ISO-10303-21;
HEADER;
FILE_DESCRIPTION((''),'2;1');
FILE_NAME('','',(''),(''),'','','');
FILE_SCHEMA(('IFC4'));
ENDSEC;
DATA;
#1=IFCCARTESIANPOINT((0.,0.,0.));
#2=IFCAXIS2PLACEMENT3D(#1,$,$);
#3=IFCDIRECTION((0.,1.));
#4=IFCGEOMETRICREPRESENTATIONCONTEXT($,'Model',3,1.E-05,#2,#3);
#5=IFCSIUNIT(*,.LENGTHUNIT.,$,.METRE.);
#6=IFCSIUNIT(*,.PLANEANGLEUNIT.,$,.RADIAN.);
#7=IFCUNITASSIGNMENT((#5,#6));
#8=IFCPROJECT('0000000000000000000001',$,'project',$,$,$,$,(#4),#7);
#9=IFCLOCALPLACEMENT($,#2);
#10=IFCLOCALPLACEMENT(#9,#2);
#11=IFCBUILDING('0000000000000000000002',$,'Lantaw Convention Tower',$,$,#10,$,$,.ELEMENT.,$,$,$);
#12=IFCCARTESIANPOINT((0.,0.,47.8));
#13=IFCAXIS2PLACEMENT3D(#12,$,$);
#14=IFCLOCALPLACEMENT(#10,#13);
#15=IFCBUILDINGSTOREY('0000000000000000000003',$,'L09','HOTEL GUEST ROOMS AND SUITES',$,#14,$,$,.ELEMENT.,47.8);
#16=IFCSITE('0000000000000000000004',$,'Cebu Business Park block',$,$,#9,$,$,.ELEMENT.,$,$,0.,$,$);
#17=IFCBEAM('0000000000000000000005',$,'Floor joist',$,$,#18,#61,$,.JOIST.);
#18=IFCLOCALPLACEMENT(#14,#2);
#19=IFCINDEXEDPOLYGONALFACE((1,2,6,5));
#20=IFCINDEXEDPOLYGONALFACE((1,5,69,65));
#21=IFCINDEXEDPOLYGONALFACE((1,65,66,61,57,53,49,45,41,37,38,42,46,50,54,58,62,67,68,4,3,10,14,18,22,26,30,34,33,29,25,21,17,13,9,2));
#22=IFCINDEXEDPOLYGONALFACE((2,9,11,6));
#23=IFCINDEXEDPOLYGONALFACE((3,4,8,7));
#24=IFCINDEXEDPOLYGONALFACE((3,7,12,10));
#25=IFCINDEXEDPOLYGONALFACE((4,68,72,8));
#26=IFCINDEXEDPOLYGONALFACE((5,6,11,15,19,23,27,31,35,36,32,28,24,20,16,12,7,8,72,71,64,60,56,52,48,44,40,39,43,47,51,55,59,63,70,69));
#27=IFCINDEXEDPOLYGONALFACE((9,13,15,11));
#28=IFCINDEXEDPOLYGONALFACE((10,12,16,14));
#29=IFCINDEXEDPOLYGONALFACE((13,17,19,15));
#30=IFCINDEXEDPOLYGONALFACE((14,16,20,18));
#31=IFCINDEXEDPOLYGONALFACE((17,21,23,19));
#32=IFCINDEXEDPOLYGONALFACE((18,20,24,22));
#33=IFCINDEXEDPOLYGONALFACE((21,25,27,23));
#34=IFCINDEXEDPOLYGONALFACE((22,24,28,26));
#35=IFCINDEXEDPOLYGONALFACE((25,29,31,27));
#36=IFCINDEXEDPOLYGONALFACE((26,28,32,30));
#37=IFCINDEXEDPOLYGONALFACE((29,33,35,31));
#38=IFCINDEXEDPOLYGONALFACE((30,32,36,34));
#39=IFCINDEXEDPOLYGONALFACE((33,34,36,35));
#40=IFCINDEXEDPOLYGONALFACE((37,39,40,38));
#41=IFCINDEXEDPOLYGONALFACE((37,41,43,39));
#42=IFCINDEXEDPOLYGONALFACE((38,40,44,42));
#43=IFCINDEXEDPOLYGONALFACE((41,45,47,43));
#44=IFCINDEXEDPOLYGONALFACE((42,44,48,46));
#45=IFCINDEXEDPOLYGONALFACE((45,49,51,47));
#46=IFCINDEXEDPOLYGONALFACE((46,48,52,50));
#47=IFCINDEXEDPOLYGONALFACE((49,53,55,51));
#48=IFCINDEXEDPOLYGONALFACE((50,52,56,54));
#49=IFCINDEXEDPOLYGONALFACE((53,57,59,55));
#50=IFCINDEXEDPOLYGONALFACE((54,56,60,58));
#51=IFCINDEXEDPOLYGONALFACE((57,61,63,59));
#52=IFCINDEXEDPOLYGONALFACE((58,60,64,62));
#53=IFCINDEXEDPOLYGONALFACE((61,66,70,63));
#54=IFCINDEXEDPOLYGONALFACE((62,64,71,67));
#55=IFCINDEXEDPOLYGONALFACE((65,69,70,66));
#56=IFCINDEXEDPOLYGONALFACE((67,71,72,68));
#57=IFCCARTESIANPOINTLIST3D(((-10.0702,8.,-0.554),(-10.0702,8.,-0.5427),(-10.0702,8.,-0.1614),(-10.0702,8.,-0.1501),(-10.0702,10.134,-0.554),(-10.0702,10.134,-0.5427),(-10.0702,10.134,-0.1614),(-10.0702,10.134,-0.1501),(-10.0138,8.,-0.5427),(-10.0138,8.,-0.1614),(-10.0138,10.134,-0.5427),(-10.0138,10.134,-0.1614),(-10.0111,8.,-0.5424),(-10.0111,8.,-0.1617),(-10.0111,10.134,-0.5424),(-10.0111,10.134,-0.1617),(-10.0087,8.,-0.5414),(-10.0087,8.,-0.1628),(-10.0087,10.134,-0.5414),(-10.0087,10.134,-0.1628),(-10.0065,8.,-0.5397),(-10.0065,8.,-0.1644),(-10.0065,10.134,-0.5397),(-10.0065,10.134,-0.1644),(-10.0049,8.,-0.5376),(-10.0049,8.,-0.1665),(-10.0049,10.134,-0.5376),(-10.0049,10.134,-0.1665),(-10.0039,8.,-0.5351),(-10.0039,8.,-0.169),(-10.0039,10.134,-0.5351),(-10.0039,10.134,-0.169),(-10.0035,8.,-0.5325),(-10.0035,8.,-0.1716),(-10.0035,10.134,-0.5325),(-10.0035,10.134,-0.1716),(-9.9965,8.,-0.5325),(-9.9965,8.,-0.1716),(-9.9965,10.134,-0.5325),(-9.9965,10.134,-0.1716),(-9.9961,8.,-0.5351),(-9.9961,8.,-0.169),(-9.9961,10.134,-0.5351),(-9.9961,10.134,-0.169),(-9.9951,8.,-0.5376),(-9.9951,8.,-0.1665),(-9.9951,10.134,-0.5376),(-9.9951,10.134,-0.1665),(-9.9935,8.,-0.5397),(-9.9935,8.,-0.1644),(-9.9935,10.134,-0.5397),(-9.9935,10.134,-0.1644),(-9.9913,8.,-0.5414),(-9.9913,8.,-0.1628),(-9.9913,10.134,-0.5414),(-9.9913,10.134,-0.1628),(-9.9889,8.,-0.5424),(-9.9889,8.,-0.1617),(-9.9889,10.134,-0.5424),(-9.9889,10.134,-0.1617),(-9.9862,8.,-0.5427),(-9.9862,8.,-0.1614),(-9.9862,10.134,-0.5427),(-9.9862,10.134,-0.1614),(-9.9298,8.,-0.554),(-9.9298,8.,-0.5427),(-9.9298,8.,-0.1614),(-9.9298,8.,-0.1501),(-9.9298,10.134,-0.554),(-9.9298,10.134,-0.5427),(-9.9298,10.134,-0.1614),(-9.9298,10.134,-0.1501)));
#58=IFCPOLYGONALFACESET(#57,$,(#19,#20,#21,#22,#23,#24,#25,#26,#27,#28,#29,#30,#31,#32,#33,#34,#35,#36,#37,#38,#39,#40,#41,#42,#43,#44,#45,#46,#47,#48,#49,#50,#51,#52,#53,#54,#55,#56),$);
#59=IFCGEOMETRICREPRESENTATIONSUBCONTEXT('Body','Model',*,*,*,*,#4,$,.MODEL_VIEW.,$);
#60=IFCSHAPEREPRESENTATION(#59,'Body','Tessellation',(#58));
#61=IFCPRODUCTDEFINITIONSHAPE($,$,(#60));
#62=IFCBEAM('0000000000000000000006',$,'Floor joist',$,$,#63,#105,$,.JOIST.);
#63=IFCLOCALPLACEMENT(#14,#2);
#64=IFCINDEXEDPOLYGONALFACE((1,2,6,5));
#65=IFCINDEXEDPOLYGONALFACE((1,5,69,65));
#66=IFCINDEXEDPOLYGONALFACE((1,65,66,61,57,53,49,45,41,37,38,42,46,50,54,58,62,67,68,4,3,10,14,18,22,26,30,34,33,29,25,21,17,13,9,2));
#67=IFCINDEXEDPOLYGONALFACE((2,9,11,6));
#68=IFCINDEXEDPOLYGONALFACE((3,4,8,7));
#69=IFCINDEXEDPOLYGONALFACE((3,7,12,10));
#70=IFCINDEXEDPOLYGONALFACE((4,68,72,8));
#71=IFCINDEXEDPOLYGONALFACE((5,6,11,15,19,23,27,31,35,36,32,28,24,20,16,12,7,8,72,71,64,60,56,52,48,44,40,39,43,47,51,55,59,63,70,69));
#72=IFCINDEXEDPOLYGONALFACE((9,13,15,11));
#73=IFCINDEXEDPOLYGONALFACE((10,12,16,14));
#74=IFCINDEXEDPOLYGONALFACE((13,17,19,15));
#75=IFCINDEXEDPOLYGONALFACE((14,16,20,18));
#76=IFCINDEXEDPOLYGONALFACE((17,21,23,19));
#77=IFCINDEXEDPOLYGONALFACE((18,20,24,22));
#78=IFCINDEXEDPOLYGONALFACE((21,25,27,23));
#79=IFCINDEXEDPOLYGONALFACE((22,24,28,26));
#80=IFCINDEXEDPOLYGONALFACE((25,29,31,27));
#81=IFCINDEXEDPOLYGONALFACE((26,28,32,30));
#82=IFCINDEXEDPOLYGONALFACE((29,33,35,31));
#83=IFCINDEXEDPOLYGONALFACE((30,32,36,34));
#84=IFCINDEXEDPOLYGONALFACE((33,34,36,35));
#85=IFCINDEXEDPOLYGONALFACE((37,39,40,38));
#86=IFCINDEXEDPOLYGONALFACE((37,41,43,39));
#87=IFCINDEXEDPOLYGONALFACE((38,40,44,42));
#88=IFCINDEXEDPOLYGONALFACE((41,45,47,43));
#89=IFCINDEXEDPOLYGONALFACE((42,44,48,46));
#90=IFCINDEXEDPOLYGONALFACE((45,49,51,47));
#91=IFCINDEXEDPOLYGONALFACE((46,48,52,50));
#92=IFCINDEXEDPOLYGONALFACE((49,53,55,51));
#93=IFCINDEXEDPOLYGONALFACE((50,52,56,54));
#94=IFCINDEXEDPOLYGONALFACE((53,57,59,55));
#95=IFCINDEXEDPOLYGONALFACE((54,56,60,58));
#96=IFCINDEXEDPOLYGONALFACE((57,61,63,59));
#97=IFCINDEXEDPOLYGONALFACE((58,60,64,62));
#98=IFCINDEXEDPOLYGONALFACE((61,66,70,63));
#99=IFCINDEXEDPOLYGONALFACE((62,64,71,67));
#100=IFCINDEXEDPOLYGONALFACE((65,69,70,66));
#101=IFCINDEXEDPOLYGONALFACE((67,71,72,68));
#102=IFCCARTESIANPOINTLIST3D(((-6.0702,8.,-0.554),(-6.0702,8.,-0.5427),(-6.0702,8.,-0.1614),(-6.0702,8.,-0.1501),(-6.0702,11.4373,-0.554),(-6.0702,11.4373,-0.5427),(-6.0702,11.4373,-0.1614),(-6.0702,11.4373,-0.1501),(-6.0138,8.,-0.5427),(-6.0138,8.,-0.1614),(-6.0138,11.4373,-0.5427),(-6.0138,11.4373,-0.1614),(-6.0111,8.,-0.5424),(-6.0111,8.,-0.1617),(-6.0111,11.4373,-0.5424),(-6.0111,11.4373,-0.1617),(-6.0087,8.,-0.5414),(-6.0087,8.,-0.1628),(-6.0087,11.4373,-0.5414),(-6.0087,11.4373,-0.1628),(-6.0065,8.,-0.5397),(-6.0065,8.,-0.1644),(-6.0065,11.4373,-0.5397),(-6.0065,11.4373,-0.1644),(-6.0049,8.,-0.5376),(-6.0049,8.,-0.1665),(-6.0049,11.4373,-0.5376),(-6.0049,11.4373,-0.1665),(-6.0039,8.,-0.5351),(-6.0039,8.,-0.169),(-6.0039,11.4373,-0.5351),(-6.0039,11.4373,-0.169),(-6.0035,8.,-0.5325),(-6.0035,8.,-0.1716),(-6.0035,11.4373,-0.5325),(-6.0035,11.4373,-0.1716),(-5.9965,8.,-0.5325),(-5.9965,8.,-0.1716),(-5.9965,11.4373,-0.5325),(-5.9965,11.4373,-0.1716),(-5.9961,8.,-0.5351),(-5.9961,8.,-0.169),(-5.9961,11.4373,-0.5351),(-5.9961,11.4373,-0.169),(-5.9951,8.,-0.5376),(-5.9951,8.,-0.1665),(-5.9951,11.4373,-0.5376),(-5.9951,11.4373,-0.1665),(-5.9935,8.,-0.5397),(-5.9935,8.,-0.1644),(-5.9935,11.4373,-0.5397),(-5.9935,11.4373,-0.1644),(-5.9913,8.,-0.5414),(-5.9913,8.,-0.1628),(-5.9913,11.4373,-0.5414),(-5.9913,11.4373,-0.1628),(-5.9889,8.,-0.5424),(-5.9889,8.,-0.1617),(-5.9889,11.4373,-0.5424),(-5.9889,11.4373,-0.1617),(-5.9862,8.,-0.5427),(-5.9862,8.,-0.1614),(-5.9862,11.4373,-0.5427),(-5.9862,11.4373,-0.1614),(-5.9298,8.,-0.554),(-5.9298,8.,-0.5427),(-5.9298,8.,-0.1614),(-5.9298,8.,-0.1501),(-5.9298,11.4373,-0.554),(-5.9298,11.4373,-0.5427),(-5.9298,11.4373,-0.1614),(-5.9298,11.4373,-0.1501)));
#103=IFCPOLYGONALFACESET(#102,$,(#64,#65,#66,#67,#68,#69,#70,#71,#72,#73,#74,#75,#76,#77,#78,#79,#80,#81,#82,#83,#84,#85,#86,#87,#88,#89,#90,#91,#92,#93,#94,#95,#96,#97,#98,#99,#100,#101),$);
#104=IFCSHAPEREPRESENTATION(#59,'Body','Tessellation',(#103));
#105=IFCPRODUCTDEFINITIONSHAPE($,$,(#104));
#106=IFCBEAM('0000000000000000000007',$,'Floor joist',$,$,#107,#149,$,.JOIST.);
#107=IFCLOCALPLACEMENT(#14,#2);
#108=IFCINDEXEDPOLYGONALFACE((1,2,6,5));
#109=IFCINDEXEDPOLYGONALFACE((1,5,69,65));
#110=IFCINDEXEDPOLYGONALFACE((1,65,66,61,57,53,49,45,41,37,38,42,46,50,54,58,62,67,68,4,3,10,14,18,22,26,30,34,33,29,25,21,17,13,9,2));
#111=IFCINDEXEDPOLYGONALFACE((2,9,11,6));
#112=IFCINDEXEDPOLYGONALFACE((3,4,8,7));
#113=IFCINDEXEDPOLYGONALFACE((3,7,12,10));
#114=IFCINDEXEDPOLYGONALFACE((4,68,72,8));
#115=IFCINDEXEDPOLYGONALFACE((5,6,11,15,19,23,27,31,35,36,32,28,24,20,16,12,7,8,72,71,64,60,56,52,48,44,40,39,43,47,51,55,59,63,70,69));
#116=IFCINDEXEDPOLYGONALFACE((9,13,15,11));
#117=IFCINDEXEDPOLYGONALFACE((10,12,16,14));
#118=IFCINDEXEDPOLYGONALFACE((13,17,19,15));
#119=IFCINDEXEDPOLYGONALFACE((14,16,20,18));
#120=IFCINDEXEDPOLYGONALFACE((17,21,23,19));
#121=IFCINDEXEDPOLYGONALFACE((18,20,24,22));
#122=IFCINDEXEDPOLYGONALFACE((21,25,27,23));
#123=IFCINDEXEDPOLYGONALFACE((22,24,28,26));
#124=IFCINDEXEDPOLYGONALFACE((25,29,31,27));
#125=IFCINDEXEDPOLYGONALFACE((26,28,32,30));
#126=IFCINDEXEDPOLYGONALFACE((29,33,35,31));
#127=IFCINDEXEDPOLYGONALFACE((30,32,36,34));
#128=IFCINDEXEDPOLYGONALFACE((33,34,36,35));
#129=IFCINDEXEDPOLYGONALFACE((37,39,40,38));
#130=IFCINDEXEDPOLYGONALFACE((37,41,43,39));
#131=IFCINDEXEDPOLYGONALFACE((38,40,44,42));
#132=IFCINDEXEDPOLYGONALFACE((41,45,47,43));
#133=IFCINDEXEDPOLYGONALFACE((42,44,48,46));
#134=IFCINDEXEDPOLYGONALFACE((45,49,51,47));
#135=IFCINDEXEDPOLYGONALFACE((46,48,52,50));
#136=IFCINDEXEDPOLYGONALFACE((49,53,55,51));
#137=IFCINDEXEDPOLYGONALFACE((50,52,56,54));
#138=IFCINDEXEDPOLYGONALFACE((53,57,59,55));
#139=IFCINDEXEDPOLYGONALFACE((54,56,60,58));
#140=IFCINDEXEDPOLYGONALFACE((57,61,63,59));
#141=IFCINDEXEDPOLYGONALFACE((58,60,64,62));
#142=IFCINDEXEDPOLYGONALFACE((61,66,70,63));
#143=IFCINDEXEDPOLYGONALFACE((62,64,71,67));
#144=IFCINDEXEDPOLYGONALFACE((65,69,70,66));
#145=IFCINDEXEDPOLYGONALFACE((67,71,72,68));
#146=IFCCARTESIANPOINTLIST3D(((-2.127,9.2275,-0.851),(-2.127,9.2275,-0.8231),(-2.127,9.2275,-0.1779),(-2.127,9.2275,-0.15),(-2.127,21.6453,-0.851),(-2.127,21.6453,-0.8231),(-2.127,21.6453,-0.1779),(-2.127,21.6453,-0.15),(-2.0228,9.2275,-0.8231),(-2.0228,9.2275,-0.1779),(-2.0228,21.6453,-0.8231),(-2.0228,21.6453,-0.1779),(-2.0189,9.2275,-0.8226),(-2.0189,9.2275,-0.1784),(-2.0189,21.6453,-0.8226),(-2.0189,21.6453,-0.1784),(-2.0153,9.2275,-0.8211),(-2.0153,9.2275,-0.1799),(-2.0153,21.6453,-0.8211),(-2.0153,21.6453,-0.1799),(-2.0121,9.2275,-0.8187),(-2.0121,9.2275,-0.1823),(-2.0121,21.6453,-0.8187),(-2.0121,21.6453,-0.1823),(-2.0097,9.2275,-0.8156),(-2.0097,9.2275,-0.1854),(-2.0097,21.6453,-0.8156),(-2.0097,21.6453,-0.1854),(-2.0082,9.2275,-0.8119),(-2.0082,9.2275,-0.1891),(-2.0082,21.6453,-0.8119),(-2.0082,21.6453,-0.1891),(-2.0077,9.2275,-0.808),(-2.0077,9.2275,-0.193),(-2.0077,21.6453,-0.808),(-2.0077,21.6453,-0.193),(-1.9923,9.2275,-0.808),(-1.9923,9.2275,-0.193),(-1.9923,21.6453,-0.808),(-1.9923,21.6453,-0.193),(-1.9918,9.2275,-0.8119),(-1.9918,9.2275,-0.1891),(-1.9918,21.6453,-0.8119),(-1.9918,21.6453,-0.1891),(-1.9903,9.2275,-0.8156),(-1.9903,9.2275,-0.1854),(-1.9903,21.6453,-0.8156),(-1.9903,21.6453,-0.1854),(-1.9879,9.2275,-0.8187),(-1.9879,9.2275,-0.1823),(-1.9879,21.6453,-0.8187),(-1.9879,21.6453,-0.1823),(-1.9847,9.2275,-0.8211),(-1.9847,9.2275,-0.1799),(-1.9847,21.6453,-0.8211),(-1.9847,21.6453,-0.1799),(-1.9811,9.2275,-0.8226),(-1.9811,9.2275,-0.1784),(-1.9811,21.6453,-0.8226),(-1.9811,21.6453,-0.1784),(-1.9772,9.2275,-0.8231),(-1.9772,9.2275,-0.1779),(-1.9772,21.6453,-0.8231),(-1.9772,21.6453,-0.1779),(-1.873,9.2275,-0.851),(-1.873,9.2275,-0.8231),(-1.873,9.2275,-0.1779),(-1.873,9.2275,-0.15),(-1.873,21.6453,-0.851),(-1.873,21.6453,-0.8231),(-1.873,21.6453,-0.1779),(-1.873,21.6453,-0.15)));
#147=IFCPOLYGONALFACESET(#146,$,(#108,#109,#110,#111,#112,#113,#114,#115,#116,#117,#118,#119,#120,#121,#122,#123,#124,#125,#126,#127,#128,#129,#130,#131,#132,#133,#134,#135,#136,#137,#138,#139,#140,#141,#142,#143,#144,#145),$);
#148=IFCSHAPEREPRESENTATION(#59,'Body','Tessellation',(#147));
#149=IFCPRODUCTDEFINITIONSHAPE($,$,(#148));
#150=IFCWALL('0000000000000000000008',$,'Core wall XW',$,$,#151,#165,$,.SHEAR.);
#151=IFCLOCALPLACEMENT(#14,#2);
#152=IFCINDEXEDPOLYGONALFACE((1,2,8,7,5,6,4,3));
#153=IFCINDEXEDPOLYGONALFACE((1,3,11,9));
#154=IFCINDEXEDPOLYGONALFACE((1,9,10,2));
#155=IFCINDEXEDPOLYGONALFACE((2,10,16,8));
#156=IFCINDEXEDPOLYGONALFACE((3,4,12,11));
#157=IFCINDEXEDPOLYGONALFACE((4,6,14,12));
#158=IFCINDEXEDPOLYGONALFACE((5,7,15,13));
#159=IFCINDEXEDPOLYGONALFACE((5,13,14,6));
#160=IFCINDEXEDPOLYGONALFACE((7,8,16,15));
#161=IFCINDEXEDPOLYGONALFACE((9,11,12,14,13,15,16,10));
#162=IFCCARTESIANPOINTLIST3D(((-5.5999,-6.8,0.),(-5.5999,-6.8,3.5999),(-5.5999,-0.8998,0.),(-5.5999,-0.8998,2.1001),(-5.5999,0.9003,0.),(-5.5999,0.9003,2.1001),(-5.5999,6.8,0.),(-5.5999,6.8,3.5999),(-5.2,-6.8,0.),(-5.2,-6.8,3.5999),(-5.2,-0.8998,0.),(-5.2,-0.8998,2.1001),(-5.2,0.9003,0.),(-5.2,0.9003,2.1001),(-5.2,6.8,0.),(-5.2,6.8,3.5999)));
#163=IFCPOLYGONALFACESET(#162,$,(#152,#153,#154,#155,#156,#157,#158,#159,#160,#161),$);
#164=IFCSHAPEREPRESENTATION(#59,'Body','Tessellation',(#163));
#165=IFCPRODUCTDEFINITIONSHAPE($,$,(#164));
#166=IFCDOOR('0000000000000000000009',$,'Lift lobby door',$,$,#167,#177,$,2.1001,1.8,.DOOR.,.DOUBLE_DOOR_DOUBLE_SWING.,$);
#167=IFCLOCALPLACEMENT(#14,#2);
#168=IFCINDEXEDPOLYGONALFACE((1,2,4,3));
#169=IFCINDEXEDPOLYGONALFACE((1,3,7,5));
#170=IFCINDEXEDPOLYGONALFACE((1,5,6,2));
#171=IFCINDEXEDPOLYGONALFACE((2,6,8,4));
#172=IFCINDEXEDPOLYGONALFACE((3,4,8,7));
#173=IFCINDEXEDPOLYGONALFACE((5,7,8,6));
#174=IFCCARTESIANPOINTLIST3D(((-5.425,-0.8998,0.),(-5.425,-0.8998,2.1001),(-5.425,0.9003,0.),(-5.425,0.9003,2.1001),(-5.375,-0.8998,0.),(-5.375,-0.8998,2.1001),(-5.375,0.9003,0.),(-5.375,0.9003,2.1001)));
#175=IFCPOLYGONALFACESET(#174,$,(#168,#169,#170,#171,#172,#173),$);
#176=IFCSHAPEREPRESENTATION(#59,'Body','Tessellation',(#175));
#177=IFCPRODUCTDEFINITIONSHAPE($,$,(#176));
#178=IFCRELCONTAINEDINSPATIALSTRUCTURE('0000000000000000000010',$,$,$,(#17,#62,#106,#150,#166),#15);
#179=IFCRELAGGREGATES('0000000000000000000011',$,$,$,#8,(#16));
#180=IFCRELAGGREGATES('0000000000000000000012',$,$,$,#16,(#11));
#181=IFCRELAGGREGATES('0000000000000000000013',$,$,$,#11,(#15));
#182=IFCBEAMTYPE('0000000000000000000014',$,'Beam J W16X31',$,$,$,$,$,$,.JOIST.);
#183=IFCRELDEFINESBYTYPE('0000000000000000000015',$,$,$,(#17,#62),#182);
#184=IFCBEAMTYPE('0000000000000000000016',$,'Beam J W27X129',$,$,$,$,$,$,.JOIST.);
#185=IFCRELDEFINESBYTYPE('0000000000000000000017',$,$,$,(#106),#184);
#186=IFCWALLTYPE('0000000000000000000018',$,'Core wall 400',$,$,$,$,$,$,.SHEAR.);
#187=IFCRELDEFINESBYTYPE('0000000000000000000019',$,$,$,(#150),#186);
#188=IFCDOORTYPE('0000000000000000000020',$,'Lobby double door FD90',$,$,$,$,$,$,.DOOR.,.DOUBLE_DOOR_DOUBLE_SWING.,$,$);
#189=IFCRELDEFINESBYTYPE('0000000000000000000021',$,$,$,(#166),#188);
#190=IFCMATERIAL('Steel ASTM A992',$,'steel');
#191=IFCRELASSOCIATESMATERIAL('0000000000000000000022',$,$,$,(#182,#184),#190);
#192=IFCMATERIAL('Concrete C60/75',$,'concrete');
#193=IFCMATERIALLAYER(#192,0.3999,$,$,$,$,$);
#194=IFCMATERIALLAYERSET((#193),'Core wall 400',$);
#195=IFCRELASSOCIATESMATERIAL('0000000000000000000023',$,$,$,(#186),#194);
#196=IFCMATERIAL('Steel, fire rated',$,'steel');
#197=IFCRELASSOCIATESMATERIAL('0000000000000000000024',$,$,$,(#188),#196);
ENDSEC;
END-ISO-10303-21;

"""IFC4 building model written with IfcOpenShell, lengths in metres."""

from ifc_helpers import new_model, si_unit, direction, frame, frame_2d, origin, origin_2d, place, context, subcontext, project, spatial, rectangle, i_section, extrude, material, layer, layer_set, material_profile, profile_set, type_object, element, fill, save


model = new_model("IFC4")

# Units and contexts
model_context = context("Model", 3, precision=1e-05, world=origin(), true_north=direction((0.0, 1.0)))
body_context = subcontext(model_context, "Body", "Model", "MODEL_VIEW")
ifc_project = project(units=[si_unit("LENGTHUNIT", "METRE"), si_unit("PLANEANGLEUNIT", "RADIAN")], contexts=[model_context])

# Site, building, storey
site_placement = place(None, origin())
site = spatial("IfcSite", under=ifc_project, at=site_placement, Name="Cebu Business Park block", CompositionType="ELEMENT", RefElevation=0.0)
building_placement = place(site_placement, origin())
building = spatial("IfcBuilding", under=site, at=building_placement, Name="Lantaw Convention Tower", CompositionType="ELEMENT")
storey_placement = place(building_placement, frame((0.0, 0.0, 47.8)))
storey = spatial("IfcBuildingStorey", under=building, at=storey_placement, Name="L09", Description="HOTEL GUEST ROOMS AND SUITES", CompositionType="ELEMENT", Elevation=47.8)

# Beams
ifc_material_1 = material(Name="Steel ASTM A992", Category="steel")
ifc_material_profile_1 = material_profile(ifc_material_1, i_section(OverallWidth=0.1404, OverallDepth=0.4038, WebThickness=0.0071, FlangeThickness=0.0112, FilletRadius=0.0103, at=origin_2d()), Name="W16X31")
ifc_profile_set_1 = profile_set([ifc_material_profile_1], Name="Steel ASTM A992")
beam_type_1 = type_object("IfcBeamType", Name="Beam J W16X31", PredefinedType="JOIST", material=ifc_profile_set_1)
beam_1_placement = place(storey_placement, frame((-10.0, 8.0, -0.3521), z_axis=(0.0, 1.0, 0.0), x_axis=(-1.0, 0.0, 0.0)))
element("IfcBeam", 1, at=beam_1_placement, inside=storey, type_object=beam_type_1, Name="Floor joist", PredefinedType="JOIST", context=body_context, shape_type="SweptSolid", body=[
    extrude(i_section(OverallWidth=0.1404, OverallDepth=0.4038, WebThickness=0.0071, FlangeThickness=0.0112, FilletRadius=0.0103, at=origin_2d()), origin(), (0.0, 0.0, 1.0), 2.134),
])
beam_2_placement = place(storey_placement, frame((-6.0, 8.0, -0.3521), z_axis=(0.0, 1.0, 0.0), x_axis=(-1.0, 0.0, 0.0)))
element("IfcBeam", 2, at=beam_2_placement, inside=storey, type_object=beam_type_1, Name="Floor joist", PredefinedType="JOIST", context=body_context, shape_type="SweptSolid", body=[
    extrude(i_section(OverallWidth=0.1404, OverallDepth=0.4038, WebThickness=0.0071, FlangeThickness=0.0112, FilletRadius=0.0103, at=origin_2d()), origin(), (0.0, 0.0, 1.0), 3.4373),
])
ifc_material_profile_2 = material_profile(ifc_material_1, i_section(OverallWidth=0.2539, OverallDepth=0.7009, WebThickness=0.0154, FlangeThickness=0.0278, FilletRadius=0.0151, at=origin_2d()), Name="W27X129")
ifc_profile_set_2 = profile_set([ifc_material_profile_2], Name="Steel ASTM A992")
beam_type_2 = type_object("IfcBeamType", Name="Beam J W27X129", PredefinedType="JOIST", material=ifc_profile_set_2)
beam_3_placement = place(storey_placement, frame((-2.0, 9.2275, -0.5005), z_axis=(0.0, 1.0, 0.0), x_axis=(-1.0, 0.0, 0.0)))
element("IfcBeam", 3, at=beam_3_placement, inside=storey, type_object=beam_type_2, Name="Floor joist", PredefinedType="JOIST", context=body_context, shape_type="SweptSolid", body=[
    extrude(i_section(OverallWidth=0.2539, OverallDepth=0.7009, WebThickness=0.0154, FlangeThickness=0.0278, FilletRadius=0.0151, at=origin_2d()), origin(), (0.0, 0.0, 1.0), 12.4177),
])

# Wall, opening, door
ifc_material_2 = material(Name="Concrete C60/75", Category="concrete")
ifc_layer_1 = layer(ifc_material_2, 0.3999)
ifc_layer_set_1 = layer_set([ifc_layer_1], Name="Core wall 400")
wall_type_1 = type_object("IfcWallType", Name="Core wall 400", PredefinedType="SHEAR", material=ifc_layer_set_1)
wall_1_placement = place(storey_placement, frame((-5.3999, 6.8, 0.0), z_axis=(0.0, 0.0, 1.0), x_axis=(0.0, -1.0, 0.0)))
wall_1 = element("IfcWall", 4, at=wall_1_placement, inside=storey, type_object=wall_type_1, Name="Core wall XW", PredefinedType="SHEAR", context=body_context, shape_type="SweptSolid", body=[
    extrude(rectangle(XDim=13.6001, YDim=0.3999, at=frame_2d((6.8, 0.0))), origin(), (0.0, 0.0, 1.0), 3.5999),
])
opening_placement = place(wall_1_placement, frame((5.8999, 0.0, 0.0)))
opening = element("IfcOpeningElement", 5, at=opening_placement, cuts=wall_1, PredefinedType="OPENING", context=body_context, shape_type="SweptSolid", body=[
    extrude(rectangle(XDim=1.8, YDim=2.1001, at=frame_2d((0.8999, 1.05))), frame((0.0, 0.21, 0.0), z_axis=(0.0, -1.0, 0.0), x_axis=(1.0, 0.0, 0.0)), (0.0, 0.0, 1.0), 0.4199),
])
ifc_material_3 = material(Name="Steel, fire rated", Category="steel")
door_type = type_object("IfcDoorType", Name="Lobby double door FD90", OperationType="DOUBLE_DOOR_DOUBLE_SWING", PredefinedType="DOOR", material=ifc_material_3)
door_placement = place(opening_placement, origin())
door = element("IfcDoor", 6, at=door_placement, inside=storey, type_object=door_type, Name="Lift lobby door", OperationType="DOUBLE_DOOR_DOUBLE_SWING", OverallHeight=2.1001, OverallWidth=1.8, PredefinedType="DOOR", context=body_context, shape_type="SweptSolid", body=[
    extrude(rectangle(XDim=1.8, YDim=2.1001, at=frame_2d((0.8999, 1.05))), frame((0.0, 0.0249, 0.0), z_axis=(0.0, -1.0, 0.0), x_axis=(1.0, 0.0, 0.0)), (0.0, 0.0, 1.0), 0.05),
])
fill(opening, door)

save(model, "model.ifc")
